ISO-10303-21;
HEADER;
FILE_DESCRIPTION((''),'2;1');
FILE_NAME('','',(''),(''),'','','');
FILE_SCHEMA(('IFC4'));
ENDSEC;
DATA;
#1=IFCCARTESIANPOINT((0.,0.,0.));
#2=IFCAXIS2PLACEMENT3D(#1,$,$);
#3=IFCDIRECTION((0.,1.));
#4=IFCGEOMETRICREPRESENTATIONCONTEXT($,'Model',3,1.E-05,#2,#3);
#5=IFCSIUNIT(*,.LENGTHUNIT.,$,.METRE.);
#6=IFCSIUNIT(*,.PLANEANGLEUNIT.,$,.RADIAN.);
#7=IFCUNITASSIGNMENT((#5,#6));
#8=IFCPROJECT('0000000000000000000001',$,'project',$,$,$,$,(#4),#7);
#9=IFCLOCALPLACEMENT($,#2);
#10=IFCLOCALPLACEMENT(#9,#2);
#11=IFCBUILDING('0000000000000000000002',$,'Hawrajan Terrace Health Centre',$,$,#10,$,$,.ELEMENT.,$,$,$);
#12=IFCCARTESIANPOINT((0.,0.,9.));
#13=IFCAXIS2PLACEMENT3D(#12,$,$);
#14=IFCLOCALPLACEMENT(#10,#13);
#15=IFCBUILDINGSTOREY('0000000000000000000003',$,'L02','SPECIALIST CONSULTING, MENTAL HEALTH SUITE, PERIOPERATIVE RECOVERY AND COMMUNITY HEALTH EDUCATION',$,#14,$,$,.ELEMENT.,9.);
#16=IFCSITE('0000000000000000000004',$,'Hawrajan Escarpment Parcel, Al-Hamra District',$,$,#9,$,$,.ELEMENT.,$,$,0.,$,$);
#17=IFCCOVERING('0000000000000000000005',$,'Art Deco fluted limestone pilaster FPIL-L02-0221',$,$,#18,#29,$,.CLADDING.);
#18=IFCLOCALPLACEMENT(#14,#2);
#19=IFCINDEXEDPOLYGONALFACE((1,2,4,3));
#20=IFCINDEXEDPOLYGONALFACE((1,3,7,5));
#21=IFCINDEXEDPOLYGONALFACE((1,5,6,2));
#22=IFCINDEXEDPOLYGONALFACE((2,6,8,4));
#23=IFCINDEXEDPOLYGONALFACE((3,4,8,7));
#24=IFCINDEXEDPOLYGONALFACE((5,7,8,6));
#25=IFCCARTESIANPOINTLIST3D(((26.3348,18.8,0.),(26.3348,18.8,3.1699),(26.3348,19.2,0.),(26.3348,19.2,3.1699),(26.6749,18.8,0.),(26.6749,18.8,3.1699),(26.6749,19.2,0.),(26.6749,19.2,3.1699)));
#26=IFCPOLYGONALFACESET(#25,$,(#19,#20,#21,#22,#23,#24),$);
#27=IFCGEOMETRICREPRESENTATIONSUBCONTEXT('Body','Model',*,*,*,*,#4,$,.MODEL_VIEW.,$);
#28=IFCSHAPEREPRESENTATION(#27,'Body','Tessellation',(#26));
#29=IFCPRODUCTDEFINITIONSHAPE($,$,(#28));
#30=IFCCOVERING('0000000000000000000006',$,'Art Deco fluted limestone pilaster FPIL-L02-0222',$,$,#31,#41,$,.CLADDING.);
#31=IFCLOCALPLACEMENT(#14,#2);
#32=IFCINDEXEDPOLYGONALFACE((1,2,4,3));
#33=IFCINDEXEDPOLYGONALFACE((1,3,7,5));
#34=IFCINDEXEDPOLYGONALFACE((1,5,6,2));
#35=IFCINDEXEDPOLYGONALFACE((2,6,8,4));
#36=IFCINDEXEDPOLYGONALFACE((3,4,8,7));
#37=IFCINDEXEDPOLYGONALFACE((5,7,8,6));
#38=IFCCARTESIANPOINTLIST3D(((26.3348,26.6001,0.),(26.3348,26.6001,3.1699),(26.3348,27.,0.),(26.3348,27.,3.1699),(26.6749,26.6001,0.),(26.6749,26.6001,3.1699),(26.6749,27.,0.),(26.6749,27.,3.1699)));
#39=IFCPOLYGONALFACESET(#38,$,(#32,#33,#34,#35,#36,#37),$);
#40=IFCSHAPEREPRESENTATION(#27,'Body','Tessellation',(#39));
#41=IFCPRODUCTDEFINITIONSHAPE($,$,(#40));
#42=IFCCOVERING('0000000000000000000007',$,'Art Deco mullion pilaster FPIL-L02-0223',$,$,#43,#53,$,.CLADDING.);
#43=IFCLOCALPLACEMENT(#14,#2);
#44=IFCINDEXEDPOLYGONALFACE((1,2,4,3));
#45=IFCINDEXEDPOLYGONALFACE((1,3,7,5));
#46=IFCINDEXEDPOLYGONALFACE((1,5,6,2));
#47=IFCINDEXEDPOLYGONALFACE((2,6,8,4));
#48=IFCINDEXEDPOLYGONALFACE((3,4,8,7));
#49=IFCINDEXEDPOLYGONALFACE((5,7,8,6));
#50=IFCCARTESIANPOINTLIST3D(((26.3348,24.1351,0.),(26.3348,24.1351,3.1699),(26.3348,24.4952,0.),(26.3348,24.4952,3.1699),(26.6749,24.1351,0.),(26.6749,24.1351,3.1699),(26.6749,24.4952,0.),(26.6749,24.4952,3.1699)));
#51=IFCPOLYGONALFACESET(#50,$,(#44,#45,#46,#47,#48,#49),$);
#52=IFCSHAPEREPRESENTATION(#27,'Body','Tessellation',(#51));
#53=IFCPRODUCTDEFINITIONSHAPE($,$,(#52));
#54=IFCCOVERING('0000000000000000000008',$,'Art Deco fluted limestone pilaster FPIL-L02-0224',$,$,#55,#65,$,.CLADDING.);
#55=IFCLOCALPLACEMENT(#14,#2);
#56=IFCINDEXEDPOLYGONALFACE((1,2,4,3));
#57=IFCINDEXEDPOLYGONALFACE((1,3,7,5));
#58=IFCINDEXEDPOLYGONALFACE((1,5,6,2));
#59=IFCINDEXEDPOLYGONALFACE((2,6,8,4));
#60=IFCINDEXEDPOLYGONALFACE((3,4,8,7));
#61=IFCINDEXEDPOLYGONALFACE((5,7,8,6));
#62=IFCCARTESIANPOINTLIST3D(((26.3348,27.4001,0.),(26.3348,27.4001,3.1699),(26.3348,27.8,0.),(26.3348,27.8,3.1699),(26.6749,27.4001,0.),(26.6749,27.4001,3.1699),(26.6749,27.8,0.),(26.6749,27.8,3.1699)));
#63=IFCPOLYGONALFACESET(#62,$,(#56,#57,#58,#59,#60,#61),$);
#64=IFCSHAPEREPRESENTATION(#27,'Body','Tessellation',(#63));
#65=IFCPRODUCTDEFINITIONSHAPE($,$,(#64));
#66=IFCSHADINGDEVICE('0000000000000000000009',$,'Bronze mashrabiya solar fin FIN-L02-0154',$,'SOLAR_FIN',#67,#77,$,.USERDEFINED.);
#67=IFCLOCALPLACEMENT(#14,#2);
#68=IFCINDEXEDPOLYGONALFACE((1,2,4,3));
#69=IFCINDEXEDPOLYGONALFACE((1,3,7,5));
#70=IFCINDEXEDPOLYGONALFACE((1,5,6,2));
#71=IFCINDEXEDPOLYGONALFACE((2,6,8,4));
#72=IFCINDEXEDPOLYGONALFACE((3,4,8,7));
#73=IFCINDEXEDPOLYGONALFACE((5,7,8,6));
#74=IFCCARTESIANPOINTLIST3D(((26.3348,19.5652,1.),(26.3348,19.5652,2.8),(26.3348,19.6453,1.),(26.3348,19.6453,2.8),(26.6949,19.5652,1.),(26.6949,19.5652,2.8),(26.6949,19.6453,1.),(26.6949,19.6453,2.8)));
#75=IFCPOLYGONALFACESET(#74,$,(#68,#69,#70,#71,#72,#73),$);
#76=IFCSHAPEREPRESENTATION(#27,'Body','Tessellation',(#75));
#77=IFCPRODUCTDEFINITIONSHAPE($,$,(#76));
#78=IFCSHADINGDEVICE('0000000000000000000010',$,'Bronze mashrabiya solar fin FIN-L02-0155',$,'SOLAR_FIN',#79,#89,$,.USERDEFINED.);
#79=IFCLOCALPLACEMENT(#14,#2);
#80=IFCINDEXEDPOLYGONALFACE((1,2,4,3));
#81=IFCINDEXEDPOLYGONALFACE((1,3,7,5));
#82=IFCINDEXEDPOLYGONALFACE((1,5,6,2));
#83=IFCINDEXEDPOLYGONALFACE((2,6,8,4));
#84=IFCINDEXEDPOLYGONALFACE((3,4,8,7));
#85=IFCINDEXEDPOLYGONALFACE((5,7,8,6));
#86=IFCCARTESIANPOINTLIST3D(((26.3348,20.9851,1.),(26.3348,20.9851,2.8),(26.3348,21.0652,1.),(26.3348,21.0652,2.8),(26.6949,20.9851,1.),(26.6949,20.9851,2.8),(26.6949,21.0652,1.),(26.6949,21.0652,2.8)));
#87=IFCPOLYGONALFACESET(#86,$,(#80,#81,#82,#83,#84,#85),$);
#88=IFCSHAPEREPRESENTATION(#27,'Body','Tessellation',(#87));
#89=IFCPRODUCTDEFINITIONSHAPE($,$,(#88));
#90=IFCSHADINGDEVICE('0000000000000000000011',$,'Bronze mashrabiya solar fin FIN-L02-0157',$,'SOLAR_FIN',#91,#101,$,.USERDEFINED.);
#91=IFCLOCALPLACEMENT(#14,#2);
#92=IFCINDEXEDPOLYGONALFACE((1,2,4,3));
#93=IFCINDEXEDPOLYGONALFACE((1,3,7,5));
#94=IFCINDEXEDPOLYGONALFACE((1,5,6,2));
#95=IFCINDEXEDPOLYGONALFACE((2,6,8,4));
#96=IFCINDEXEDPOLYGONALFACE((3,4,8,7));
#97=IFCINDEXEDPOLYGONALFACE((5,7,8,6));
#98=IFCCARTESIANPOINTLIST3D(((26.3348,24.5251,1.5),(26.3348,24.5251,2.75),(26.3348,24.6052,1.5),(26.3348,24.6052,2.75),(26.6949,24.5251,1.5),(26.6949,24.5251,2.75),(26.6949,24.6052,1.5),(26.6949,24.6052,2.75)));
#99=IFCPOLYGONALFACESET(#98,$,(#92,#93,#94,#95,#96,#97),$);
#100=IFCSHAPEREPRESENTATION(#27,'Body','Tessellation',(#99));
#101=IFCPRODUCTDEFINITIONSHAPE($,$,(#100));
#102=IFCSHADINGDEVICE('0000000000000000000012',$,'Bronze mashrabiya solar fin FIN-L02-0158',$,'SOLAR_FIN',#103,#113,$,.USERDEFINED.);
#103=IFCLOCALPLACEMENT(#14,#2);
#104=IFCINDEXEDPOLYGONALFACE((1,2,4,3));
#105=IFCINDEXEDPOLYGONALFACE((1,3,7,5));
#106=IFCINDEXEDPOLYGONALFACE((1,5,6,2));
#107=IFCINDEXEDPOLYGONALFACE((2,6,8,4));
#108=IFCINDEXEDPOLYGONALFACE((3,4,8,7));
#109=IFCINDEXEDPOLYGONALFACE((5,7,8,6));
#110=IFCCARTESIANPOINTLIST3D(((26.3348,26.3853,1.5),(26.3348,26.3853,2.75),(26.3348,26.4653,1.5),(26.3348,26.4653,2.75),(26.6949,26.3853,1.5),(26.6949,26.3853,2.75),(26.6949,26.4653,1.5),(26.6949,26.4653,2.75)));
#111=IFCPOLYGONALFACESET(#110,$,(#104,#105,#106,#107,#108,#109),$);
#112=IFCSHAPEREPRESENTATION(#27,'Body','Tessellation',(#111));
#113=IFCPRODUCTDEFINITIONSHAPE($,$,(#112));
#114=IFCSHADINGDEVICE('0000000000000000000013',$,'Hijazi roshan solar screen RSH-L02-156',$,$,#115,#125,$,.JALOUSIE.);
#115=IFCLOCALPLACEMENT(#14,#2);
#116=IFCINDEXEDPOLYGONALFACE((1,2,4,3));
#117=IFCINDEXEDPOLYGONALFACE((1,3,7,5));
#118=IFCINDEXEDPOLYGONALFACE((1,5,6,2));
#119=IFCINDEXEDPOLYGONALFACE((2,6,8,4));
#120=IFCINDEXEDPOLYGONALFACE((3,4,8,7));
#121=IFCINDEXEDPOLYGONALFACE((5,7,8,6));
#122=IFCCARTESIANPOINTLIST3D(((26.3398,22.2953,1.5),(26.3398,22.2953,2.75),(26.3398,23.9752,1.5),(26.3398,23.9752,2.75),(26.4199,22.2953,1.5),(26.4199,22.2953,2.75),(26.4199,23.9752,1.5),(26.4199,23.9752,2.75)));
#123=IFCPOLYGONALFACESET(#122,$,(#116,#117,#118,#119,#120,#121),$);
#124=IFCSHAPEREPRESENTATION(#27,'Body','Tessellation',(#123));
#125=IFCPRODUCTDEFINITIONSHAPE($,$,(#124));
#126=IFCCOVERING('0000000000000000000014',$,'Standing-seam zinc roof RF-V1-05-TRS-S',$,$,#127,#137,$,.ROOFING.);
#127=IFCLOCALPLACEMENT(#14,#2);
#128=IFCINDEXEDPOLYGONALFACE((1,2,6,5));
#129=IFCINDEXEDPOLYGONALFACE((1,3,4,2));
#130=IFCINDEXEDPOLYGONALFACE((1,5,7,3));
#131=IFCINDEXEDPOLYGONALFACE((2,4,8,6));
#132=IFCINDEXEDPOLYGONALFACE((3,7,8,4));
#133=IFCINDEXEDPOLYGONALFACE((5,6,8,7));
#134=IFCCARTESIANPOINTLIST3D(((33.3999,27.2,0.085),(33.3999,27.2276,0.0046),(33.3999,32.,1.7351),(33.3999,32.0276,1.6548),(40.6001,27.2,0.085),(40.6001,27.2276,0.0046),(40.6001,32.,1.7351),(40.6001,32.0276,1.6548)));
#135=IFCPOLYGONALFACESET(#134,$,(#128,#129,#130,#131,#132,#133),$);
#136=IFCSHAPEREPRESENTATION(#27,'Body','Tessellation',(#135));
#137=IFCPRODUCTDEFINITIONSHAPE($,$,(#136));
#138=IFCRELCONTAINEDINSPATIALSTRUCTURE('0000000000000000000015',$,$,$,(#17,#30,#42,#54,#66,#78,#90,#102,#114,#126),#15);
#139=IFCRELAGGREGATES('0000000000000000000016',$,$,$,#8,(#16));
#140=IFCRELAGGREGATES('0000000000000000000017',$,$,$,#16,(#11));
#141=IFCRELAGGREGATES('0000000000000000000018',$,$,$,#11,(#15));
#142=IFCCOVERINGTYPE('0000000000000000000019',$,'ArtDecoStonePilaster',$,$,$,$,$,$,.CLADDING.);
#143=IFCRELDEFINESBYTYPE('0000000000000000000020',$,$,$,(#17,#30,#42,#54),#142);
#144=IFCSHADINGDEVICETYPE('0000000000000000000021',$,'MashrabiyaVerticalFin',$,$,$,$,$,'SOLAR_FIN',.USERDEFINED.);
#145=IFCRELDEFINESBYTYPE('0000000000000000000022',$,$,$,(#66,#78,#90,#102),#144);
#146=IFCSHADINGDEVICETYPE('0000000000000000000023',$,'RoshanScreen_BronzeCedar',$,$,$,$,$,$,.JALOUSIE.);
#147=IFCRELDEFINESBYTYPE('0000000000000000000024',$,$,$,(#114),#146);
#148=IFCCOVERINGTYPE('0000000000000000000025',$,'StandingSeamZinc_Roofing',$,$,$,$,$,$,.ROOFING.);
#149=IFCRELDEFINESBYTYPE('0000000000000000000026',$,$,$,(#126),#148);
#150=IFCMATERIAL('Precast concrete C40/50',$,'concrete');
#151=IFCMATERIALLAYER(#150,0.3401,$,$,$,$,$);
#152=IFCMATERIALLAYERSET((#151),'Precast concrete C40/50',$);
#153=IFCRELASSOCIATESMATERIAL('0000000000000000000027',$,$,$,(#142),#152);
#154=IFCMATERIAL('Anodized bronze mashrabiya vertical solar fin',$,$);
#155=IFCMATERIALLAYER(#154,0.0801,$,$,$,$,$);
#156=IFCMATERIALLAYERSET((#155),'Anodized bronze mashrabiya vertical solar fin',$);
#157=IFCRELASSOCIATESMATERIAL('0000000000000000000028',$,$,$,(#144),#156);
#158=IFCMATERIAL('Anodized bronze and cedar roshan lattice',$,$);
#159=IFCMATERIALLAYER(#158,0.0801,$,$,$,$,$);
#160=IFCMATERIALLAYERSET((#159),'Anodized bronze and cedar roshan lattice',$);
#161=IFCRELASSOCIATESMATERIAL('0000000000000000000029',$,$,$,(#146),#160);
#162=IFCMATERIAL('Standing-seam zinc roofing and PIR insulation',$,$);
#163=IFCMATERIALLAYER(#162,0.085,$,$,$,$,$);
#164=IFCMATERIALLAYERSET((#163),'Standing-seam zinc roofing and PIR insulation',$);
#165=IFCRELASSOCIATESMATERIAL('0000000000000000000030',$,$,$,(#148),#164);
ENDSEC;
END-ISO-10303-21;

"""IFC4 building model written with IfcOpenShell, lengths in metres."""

from ifc_helpers import new_model, si_unit, direction, frame, origin, origin_2d, place, context, subcontext, project, spatial, polyline, rectangle, outline, extrude, material, layer, layer_set, type_object, element, save


model = new_model("IFC4")

# Units and contexts
model_context = context("Model", 3, precision=1e-05, world=origin(), true_north=direction((0.0, 1.0)))
body_context = subcontext(model_context, "Body", "Model", "MODEL_VIEW")
ifc_project = project(units=[si_unit("LENGTHUNIT", "METRE"), si_unit("PLANEANGLEUNIT", "RADIAN")], contexts=[model_context])

# Site, building, storey
site_placement = place(None, origin())
site = spatial("IfcSite", under=ifc_project, at=site_placement, Name="Hawrajan Escarpment Parcel, Al-Hamra District", CompositionType="ELEMENT", RefElevation=0.0)
building_placement = place(site_placement, origin())
building = spatial("IfcBuilding", under=site, at=building_placement, Name="Hawrajan Terrace Health Centre", CompositionType="ELEMENT")
storey_placement = place(building_placement, frame((0.0, 0.0, 9.0)))
storey = spatial("IfcBuildingStorey", under=building, at=storey_placement, Name="L02", Description="SPECIALIST CONSULTING, MENTAL HEALTH SUITE, PERIOPERATIVE RECOVERY AND COMMUNITY HEALTH EDUCATION", CompositionType="ELEMENT", Elevation=9.0)

# Coverings
ifc_material_1 = material(Name="Precast concrete C40/50", Category="concrete")
ifc_layer_1 = layer(ifc_material_1, 0.3401)
ifc_layer_set_1 = layer_set([ifc_layer_1], Name="Precast concrete C40/50")
covering_type_1 = type_object("IfcCoveringType", Name="ArtDecoStonePilaster", PredefinedType="CLADDING", material=ifc_layer_set_1)
for number, where, z_axis, x_axis, name in (
    (1, (26.5049, 19.0, 0.0), (0.0, 0.0, 1.0), (0.0, 1.0, 0.0), "Art Deco fluted limestone pilaster FPIL-L02-0221"),
    (2, (26.5049, 26.8, 0.0), (0.0, 0.0, 1.0), (0.0, 1.0, 0.0), "Art Deco fluted limestone pilaster FPIL-L02-0222"),
):
    element("IfcCovering", number, at=place(storey_placement, frame(where, z_axis=z_axis, x_axis=x_axis)), inside=storey, type_object=covering_type_1, Name=name, PredefinedType="CLADDING", context=body_context, shape_type="SweptSolid", body=[
        extrude(rectangle(XDim=0.3999, YDim=0.3401, at=origin_2d()), origin(), (0.0, 0.0, 1.0), 3.1699),
    ])
covering_1_placement = place(storey_placement, frame((26.5049, 24.3152, 0.0), z_axis=(0.0, 0.0, 1.0), x_axis=(0.0, 1.0, 0.0)))
element("IfcCovering", 3, at=covering_1_placement, inside=storey, type_object=covering_type_1, Name="Art Deco mullion pilaster FPIL-L02-0223", PredefinedType="CLADDING", context=body_context, shape_type="SweptSolid", body=[
    extrude(rectangle(XDim=0.3601, YDim=0.3401, at=origin_2d()), origin(), (0.0, 0.0, 1.0), 3.1699),
])
covering_2_placement = place(storey_placement, frame((26.5049, 27.6001, 0.0), z_axis=(0.0, 0.0, 1.0), x_axis=(0.0, 1.0, 0.0)))
element("IfcCovering", 4, at=covering_2_placement, inside=storey, type_object=covering_type_1, Name="Art Deco fluted limestone pilaster FPIL-L02-0224", PredefinedType="CLADDING", context=body_context, shape_type="SweptSolid", body=[
    extrude(rectangle(XDim=0.3999, YDim=0.3401, at=origin_2d()), origin(), (0.0, 0.0, 1.0), 3.1699),
])

# Shading devices
ifc_material_2 = material(Name="Anodized bronze mashrabiya vertical solar fin")
ifc_layer_2 = layer(ifc_material_2, 0.0801)
ifc_layer_set_2 = layer_set([ifc_layer_2], Name="Anodized bronze mashrabiya vertical solar fin")
shading_device_type_1 = type_object("IfcShadingDeviceType", Name="MashrabiyaVerticalFin", ElementType="SOLAR_FIN", PredefinedType="USERDEFINED", material=ifc_layer_set_2)
for number, where, z_axis, x_axis, name in (
    (5, (26.5149, 19.6052, 1.0), (0.0, 0.0, 1.0), (0.0, 1.0, 0.0), "Bronze mashrabiya solar fin FIN-L02-0154"),
    (6, (26.5149, 21.0251, 1.0), (0.0, 0.0, 1.0), (0.0, 1.0, 0.0), "Bronze mashrabiya solar fin FIN-L02-0155"),
):
    element("IfcShadingDevice", number, at=place(storey_placement, frame(where, z_axis=z_axis, x_axis=x_axis)), inside=storey, type_object=shading_device_type_1, Name=name, ObjectType="SOLAR_FIN", PredefinedType="USERDEFINED", context=body_context, shape_type="SweptSolid", body=[
        extrude(rectangle(XDim=0.0801, YDim=0.3601, at=origin_2d()), origin(), (0.0, 0.0, 1.0), 1.8),
    ])
for number, where, z_axis, x_axis, name in (
    (7, (26.5149, 24.5652, 1.5), (0.0, 0.0, 1.0), (0.0, 1.0, 0.0), "Bronze mashrabiya solar fin FIN-L02-0157"),
    (8, (26.5149, 26.4253, 1.5), (0.0, 0.0, 1.0), (0.0, 1.0, 0.0), "Bronze mashrabiya solar fin FIN-L02-0158"),
):
    element("IfcShadingDevice", number, at=place(storey_placement, frame(where, z_axis=z_axis, x_axis=x_axis)), inside=storey, type_object=shading_device_type_1, Name=name, ObjectType="SOLAR_FIN", PredefinedType="USERDEFINED", context=body_context, shape_type="SweptSolid", body=[
        extrude(rectangle(XDim=0.0801, YDim=0.3601, at=origin_2d()), origin(), (0.0, 0.0, 1.0), 1.25),
    ])
ifc_material_3 = material(Name="Anodized bronze and cedar roshan lattice")
ifc_layer_3 = layer(ifc_material_3, 0.0801)
ifc_layer_set_3 = layer_set([ifc_layer_3], Name="Anodized bronze and cedar roshan lattice")
shading_device_type_2 = type_object("IfcShadingDeviceType", Name="RoshanScreen_BronzeCedar", PredefinedType="JALOUSIE", material=ifc_layer_set_3)
shading_device_placement = place(storey_placement, frame((26.3799, 23.1353, 1.5), z_axis=(0.0, 0.0, 1.0), x_axis=(0.0, 1.0, 0.0)))
element("IfcShadingDevice", 9, at=shading_device_placement, inside=storey, type_object=shading_device_type_2, Name="Hijazi roshan solar screen RSH-L02-156", PredefinedType="JALOUSIE", context=body_context, shape_type="SweptSolid", body=[
    extrude(rectangle(XDim=1.6799, YDim=0.0801, at=origin_2d()), origin(), (0.0, 0.0, 1.0), 1.25),
])

# Covering
ifc_material_4 = material(Name="Standing-seam zinc roofing and PIR insulation")
ifc_layer_4 = layer(ifc_material_4, 0.085)
ifc_layer_set_4 = layer_set([ifc_layer_4], Name="Standing-seam zinc roofing and PIR insulation")
covering_type_2 = type_object("IfcCoveringType", Name="StandingSeamZinc_Roofing", PredefinedType="ROOFING", material=ifc_layer_set_4)
covering_3_placement = place(storey_placement, frame((33.3999, 27.2, 0.085), z_axis=(0.0, -0.325103, 0.945679), x_axis=(1.0, 0.0, 0.0)))
element("IfcCovering", 10, at=covering_3_placement, inside=storey, type_object=covering_type_2, Name="Standing-seam zinc roof RF-V1-05-TRS-S", PredefinedType="ROOFING", context=body_context, shape_type="SweptSolid", body=[
    extrude(outline(polyline([(0.0, 0.0), (7.2002, 0.0), (7.2002, 5.0758), (0.0, 5.0758), (0.0, 0.0)])), origin(), (0.0, 0.0, -1.0), 0.085),
])

save(model, "model.ifc")
